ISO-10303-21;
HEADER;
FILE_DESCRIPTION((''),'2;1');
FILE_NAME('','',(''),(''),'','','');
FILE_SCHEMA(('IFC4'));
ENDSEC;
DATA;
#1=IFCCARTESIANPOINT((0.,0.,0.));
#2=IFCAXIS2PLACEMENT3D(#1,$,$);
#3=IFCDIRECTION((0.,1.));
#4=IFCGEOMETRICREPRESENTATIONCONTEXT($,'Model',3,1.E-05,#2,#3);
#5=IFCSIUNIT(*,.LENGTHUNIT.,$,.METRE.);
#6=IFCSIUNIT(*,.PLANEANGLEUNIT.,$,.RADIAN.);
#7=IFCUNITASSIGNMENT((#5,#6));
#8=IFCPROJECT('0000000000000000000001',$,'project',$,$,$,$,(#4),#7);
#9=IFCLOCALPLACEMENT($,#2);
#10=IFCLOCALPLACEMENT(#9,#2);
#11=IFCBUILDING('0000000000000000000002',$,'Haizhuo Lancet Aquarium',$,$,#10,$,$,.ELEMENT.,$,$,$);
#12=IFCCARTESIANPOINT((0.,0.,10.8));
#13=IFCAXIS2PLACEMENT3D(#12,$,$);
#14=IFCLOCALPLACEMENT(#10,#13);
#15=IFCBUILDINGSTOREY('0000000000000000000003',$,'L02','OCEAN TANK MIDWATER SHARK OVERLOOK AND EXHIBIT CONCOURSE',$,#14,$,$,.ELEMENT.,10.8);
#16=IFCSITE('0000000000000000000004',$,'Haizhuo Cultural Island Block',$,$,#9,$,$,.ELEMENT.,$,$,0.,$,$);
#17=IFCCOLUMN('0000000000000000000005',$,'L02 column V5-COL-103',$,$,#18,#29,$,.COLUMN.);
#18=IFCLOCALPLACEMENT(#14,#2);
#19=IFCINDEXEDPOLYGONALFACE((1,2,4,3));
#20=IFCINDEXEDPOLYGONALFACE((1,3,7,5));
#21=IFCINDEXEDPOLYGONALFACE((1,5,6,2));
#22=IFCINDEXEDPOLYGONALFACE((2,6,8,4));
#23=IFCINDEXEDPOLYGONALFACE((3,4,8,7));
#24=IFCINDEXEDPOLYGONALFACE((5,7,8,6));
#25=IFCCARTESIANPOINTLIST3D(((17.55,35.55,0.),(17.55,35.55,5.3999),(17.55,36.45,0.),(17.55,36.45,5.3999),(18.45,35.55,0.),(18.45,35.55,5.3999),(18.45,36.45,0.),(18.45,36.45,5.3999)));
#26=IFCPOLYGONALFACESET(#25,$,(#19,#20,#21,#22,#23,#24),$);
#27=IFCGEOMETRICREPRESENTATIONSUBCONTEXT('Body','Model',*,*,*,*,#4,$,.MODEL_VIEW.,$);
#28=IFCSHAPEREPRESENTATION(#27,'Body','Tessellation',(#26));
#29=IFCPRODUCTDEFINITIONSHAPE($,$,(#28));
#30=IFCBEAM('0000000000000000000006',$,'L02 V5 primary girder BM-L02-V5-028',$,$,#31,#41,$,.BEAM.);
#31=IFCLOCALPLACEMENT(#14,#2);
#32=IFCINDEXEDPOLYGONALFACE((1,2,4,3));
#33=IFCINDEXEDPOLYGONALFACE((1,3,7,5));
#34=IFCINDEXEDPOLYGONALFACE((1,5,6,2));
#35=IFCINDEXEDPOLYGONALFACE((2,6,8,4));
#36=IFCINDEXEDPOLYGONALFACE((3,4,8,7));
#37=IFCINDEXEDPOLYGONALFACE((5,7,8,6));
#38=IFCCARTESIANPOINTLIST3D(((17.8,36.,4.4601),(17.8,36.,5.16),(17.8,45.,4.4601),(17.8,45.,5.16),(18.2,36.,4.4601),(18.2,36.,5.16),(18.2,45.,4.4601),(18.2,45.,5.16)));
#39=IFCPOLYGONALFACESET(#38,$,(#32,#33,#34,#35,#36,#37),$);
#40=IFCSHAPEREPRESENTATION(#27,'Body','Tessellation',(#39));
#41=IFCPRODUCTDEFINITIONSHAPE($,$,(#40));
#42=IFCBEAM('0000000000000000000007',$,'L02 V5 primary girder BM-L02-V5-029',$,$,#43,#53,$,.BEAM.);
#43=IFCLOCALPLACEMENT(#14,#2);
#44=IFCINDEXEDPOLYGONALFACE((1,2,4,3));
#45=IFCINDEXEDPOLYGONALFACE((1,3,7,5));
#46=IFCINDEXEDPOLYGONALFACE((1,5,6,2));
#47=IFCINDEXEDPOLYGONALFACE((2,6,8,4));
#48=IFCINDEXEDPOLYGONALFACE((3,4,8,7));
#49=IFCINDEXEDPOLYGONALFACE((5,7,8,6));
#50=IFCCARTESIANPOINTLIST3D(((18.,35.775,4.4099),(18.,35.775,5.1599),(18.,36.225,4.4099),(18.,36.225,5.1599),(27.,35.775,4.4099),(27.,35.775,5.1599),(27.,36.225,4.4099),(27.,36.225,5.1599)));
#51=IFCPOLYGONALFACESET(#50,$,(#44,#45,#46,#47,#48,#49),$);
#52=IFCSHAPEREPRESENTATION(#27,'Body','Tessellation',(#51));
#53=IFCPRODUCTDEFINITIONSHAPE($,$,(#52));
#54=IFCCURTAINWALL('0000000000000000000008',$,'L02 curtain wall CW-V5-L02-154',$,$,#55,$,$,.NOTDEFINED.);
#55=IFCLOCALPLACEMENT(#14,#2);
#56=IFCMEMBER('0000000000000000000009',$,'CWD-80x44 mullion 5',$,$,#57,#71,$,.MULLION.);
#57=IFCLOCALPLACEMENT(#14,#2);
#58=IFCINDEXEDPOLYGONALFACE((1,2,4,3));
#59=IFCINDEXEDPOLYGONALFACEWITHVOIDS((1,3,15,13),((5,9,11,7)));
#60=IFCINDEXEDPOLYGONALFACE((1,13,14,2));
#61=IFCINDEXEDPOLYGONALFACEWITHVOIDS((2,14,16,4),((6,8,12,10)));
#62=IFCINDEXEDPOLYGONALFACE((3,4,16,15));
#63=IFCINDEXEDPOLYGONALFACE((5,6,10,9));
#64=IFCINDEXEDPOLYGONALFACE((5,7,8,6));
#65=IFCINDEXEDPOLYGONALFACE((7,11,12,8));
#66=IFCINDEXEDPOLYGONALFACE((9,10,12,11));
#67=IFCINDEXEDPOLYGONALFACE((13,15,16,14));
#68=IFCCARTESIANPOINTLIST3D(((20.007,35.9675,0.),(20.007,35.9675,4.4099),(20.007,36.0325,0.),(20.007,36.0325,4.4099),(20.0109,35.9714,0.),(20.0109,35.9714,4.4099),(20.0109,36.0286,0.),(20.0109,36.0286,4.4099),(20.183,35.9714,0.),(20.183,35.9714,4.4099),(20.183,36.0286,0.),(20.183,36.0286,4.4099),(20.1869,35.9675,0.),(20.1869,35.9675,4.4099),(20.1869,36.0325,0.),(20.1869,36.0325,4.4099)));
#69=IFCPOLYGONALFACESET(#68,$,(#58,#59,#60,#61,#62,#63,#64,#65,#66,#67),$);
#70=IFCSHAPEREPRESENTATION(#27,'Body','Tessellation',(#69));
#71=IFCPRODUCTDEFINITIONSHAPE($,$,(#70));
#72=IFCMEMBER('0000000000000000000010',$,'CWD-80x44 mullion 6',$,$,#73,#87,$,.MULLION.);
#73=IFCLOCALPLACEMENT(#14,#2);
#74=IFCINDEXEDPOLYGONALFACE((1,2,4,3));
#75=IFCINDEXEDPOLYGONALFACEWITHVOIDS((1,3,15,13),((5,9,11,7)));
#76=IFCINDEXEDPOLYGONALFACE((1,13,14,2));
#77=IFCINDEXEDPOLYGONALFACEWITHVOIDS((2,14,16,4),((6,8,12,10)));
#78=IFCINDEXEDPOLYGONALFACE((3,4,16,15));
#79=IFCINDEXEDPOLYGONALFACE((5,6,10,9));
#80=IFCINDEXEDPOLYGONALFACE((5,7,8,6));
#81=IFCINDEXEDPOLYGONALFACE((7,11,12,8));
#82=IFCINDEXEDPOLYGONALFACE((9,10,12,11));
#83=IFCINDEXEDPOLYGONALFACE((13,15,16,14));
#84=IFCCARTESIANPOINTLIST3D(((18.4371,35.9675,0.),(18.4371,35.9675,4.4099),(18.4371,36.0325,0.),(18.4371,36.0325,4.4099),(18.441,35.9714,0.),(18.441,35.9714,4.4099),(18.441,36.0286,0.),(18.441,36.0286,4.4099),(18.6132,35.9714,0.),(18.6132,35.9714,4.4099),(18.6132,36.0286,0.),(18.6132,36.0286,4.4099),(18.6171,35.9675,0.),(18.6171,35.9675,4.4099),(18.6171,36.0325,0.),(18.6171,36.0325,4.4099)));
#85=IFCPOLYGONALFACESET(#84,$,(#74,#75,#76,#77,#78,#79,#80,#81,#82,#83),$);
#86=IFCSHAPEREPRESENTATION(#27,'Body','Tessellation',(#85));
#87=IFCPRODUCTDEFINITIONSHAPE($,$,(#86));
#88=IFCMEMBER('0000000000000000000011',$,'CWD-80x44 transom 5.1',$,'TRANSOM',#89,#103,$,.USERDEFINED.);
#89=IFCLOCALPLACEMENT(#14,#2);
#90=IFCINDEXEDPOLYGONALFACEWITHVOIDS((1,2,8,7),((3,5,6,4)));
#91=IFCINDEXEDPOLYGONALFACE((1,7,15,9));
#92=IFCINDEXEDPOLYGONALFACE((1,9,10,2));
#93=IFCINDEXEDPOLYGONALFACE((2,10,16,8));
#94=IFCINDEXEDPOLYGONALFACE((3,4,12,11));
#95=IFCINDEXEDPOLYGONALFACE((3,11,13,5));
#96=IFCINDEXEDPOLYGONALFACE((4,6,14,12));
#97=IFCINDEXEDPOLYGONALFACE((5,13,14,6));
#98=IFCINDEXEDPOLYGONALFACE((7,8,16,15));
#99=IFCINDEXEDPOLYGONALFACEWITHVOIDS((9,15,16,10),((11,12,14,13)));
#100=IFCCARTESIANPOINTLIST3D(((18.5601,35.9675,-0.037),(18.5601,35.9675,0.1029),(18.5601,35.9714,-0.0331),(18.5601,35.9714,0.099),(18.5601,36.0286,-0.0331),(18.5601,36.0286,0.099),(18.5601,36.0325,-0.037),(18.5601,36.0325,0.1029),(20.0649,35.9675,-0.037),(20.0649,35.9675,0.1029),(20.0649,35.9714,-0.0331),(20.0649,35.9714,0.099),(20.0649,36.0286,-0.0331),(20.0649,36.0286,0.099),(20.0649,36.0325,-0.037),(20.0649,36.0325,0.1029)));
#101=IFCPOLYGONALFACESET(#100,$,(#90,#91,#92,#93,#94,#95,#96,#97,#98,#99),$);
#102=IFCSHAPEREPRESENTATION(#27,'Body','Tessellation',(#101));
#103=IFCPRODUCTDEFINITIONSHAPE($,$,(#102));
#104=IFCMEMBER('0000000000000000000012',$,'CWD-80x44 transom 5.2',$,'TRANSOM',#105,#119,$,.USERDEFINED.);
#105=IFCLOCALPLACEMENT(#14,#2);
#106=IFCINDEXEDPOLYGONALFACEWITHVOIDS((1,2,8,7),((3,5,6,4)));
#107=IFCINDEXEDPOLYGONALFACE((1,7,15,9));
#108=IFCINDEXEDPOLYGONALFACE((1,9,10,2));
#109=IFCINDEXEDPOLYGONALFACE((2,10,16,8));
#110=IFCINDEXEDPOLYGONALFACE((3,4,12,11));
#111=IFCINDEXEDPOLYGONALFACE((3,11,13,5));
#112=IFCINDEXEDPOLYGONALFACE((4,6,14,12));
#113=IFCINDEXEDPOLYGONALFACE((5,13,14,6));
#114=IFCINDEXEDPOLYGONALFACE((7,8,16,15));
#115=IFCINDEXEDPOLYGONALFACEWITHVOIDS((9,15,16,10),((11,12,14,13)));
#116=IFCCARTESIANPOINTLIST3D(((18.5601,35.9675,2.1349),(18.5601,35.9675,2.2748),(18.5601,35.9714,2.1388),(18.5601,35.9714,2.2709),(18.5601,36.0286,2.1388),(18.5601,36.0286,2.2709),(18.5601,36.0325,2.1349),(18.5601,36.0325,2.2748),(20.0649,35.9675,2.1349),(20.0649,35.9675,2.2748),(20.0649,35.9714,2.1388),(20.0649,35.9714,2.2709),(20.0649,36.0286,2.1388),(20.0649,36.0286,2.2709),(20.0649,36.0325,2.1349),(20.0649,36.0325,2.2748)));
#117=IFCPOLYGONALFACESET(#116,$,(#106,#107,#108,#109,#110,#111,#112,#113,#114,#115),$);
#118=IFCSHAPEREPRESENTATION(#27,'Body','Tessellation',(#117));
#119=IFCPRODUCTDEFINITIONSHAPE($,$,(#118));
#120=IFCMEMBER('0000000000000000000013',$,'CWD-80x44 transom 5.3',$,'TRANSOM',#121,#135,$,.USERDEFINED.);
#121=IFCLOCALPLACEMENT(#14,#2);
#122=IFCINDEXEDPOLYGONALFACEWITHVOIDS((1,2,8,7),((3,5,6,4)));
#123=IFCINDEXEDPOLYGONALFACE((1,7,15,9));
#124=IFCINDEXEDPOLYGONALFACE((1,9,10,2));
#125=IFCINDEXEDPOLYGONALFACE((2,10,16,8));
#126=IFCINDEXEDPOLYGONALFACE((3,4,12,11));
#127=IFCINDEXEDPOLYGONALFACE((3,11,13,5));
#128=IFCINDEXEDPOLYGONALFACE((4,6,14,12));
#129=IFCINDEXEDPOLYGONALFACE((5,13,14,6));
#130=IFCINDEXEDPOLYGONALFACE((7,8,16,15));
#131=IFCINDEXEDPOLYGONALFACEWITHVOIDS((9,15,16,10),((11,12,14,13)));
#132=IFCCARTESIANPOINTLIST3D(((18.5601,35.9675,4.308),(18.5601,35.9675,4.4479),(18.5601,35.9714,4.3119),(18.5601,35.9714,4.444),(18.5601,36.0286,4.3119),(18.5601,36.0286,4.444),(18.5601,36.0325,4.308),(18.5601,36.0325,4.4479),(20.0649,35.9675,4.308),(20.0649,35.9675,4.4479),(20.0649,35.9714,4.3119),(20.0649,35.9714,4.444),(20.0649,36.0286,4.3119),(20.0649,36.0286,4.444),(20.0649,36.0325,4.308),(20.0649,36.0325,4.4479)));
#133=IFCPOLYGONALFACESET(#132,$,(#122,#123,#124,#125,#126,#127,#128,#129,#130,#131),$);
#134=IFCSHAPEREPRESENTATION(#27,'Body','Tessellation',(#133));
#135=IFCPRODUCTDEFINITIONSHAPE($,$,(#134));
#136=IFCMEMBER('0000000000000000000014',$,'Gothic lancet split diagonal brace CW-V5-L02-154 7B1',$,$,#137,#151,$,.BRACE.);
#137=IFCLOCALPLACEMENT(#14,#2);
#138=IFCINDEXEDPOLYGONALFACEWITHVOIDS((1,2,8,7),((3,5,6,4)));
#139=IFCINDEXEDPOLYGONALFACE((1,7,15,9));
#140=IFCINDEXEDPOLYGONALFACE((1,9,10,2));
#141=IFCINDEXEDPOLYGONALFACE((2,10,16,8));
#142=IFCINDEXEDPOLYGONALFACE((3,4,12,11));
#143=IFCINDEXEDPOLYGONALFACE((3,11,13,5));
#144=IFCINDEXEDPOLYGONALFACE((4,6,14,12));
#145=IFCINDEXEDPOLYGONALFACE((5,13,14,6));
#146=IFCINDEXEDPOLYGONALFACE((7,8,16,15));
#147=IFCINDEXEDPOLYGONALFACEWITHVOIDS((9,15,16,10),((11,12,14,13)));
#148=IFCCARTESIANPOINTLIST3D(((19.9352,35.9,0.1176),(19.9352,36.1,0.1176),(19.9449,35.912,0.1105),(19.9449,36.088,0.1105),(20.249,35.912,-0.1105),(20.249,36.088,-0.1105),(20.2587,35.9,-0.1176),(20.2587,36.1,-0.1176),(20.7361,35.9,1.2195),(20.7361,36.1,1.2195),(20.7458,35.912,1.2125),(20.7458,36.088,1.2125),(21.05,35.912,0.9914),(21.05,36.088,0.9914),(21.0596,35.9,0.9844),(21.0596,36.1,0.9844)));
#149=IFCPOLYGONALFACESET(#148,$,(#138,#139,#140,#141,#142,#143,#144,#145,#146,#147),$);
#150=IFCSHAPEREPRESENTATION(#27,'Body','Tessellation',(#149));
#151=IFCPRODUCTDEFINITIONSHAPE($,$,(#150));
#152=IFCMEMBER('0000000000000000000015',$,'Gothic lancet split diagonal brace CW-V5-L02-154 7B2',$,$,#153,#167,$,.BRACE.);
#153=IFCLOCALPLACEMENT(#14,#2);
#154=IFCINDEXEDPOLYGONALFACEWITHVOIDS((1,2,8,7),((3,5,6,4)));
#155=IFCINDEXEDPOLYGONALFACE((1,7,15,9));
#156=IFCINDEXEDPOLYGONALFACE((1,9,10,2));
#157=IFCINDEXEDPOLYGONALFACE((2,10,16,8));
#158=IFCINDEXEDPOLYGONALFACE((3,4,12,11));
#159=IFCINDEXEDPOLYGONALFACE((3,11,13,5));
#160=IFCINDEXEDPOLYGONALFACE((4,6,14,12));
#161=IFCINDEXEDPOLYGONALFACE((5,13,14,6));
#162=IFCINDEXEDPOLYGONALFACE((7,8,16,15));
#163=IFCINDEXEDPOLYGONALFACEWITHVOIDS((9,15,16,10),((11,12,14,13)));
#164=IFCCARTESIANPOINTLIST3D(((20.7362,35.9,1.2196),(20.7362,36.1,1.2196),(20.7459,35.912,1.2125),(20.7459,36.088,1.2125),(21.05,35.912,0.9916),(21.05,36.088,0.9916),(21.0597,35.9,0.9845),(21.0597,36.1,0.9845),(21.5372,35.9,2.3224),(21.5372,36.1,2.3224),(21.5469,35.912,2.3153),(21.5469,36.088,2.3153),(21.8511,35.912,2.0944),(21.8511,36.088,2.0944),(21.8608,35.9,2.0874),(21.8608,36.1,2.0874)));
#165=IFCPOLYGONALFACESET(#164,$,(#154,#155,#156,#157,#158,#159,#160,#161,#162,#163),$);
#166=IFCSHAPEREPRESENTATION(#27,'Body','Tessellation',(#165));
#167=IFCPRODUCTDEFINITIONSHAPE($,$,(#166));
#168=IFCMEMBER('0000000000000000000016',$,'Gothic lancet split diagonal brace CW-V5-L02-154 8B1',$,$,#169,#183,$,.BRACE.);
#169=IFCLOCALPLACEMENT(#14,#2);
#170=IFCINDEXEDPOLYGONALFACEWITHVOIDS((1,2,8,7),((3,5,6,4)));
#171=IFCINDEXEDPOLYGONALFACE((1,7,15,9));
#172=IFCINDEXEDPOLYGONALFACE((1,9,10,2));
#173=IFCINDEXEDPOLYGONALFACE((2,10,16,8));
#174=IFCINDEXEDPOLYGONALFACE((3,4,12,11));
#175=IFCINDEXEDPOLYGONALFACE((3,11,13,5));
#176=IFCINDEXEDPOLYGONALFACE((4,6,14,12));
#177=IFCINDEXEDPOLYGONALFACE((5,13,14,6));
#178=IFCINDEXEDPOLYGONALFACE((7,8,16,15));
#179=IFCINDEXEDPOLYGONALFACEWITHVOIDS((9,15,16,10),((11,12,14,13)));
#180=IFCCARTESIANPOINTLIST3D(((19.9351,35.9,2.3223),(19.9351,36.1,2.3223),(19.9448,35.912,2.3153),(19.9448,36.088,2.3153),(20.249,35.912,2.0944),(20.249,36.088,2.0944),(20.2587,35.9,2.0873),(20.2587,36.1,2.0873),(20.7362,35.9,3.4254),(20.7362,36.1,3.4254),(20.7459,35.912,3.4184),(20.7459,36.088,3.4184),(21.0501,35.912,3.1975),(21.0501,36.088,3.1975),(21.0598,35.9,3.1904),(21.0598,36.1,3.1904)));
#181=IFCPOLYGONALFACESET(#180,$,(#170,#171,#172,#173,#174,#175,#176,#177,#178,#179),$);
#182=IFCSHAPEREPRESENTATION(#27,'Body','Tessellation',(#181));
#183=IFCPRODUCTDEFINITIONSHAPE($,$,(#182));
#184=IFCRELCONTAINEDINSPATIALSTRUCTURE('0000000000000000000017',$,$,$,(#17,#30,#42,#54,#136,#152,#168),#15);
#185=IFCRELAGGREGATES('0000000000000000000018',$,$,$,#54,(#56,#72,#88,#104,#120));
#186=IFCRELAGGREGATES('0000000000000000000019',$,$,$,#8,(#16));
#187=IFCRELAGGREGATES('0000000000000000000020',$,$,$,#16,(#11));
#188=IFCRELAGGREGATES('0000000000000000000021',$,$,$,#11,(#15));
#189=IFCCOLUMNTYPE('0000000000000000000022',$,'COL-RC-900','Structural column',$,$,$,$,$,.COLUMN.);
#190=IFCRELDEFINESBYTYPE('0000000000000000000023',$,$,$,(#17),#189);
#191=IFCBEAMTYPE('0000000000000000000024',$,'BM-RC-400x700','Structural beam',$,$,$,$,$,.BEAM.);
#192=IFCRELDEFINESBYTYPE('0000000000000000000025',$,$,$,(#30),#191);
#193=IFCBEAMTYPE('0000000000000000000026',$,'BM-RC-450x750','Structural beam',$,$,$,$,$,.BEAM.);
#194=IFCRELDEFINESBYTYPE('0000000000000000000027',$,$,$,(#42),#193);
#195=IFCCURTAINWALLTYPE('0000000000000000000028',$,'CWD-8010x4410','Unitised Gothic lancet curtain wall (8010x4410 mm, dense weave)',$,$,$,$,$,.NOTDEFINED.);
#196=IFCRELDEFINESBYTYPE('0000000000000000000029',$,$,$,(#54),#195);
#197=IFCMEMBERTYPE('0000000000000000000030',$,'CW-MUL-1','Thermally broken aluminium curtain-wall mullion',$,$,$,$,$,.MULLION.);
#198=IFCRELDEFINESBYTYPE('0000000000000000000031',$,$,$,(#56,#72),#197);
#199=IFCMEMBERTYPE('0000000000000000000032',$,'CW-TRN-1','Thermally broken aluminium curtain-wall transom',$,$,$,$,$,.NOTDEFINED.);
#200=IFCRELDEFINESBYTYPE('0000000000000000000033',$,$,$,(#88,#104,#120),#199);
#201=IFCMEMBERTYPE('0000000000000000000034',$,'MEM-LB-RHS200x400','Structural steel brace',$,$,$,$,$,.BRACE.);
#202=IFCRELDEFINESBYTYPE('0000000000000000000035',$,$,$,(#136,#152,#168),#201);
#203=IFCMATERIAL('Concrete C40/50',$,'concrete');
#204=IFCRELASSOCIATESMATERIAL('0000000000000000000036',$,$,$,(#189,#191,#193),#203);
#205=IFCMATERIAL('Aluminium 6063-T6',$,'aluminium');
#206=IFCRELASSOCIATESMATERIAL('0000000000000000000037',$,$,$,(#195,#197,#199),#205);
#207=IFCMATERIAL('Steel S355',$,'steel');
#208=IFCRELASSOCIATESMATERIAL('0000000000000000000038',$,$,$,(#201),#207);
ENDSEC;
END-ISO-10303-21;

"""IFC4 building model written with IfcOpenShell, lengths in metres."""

from ifc_helpers import new_model, si_unit, direction, frame, origin, origin_2d, place, context, subcontext, project, spatial, rectangle, hollow_rectangle, extrude, material, material_profile, profile_set, type_object, element, aggregate, save


model = new_model("IFC4")

# Units and contexts
model_context = context("Model", 3, precision=1e-05, world=origin(), true_north=direction((0.0, 1.0)))
body_context = subcontext(model_context, "Body", "Model", "MODEL_VIEW")
ifc_project = project(units=[si_unit("LENGTHUNIT", "METRE"), si_unit("PLANEANGLEUNIT", "RADIAN")], contexts=[model_context])

# Site, building, storey
site_placement = place(None, origin())
site = spatial("IfcSite", under=ifc_project, at=site_placement, Name="Haizhuo Cultural Island Block", CompositionType="ELEMENT", RefElevation=0.0)
building_placement = place(site_placement, origin())
building = spatial("IfcBuilding", under=site, at=building_placement, Name="Haizhuo Lancet Aquarium", CompositionType="ELEMENT")
storey_placement = place(building_placement, frame((0.0, 0.0, 10.8)))
storey = spatial("IfcBuildingStorey", under=building, at=storey_placement, Name="L02", Description="OCEAN TANK MIDWATER SHARK OVERLOOK AND EXHIBIT CONCOURSE", CompositionType="ELEMENT", Elevation=10.8)

# Column
ifc_material_1 = material(Name="Concrete C40/50", Category="concrete")
ifc_material_profile_1 = material_profile(ifc_material_1, rectangle(XDim=0.8999, YDim=0.8999, at=origin_2d()), Name="RC-COL 900x900")
ifc_profile_set_1 = profile_set([ifc_material_profile_1], Name="Concrete C40/50")
column_type = type_object("IfcColumnType", Name="COL-RC-900", Description="Structural column", PredefinedType="COLUMN", material=ifc_profile_set_1)
column_placement = place(storey_placement, frame((18.0, 36.0, 0.0), z_axis=(0.0, 0.0, 1.0), x_axis=(1.0, 0.0, 0.0)))
element("IfcColumn", 1, at=column_placement, inside=storey, type_object=column_type, Name="L02 column V5-COL-103", PredefinedType="COLUMN", context=body_context, shape_type="SweptSolid", body=[
    extrude(rectangle(XDim=0.8999, YDim=0.8999, at=origin_2d()), origin(), (0.0, 0.0, 1.0), 5.3999),
])

# Beams
ifc_material_profile_2 = material_profile(ifc_material_1, rectangle(XDim=0.3999, YDim=0.7, at=origin_2d()), Name="RC-BM 400x700")
ifc_profile_set_2 = profile_set([ifc_material_profile_2], Name="Concrete C40/50")
beam_type_1 = type_object("IfcBeamType", Name="BM-RC-400x700", Description="Structural beam", PredefinedType="BEAM", material=ifc_profile_set_2)
beam_1_placement = place(storey_placement, frame((18.0, 36.0, 4.8101), z_axis=(0.0, 1.0, 0.0), x_axis=(-1.0, 0.0, 0.0)))
element("IfcBeam", 2, at=beam_1_placement, inside=storey, type_object=beam_type_1, Name="L02 V5 primary girder BM-L02-V5-028", PredefinedType="BEAM", context=body_context, shape_type="SweptSolid", body=[
    extrude(rectangle(XDim=0.3999, YDim=0.7, at=origin_2d()), origin(), (0.0, 0.0, 1.0), 9.0),
])
ifc_material_profile_3 = material_profile(ifc_material_1, rectangle(XDim=0.45, YDim=0.75, at=origin_2d()), Name="RC-BM 450x750")
ifc_profile_set_3 = profile_set([ifc_material_profile_3], Name="Concrete C40/50")
beam_type_2 = type_object("IfcBeamType", Name="BM-RC-450x750", Description="Structural beam", PredefinedType="BEAM", material=ifc_profile_set_3)
beam_2_placement = place(storey_placement, frame((18.0, 36.0, 4.7849), z_axis=(1.0, 0.0, 0.0), x_axis=(0.0, 1.0, 0.0)))
element("IfcBeam", 3, at=beam_2_placement, inside=storey, type_object=beam_type_2, Name="L02 V5 primary girder BM-L02-V5-029", PredefinedType="BEAM", context=body_context, shape_type="SweptSolid", body=[
    extrude(rectangle(XDim=0.45, YDim=0.75, at=origin_2d()), origin(), (0.0, 0.0, 1.0), 9.0),
])

# Curtain wall, members
ifc_material_2 = material(Name="Aluminium 6063-T6", Category="aluminium")
curtain_wall_type = type_object("IfcCurtainWallType", Name="CWD-8010x4410", Description="Unitised Gothic lancet curtain wall (8010x4410 mm, dense weave)", PredefinedType="NOTDEFINED", material=ifc_material_2)
curtain_wall_placement = place(storey_placement, origin())
curtain_wall = element("IfcCurtainWall", 4, at=curtain_wall_placement, inside=storey, type_object=curtain_wall_type, Name="L02 curtain wall CW-V5-L02-154", PredefinedType="NOTDEFINED")
ifc_material_profile_4 = material_profile(ifc_material_2, hollow_rectangle(XDim=0.0649, YDim=0.1799, WallThickness=0.0039, at=origin_2d()), Name="ALU-M 65x180x4")
ifc_profile_set_4 = profile_set([ifc_material_profile_4], Name="Aluminium 6063-T6")
member_type_1 = type_object("IfcMemberType", Name="CW-MUL-1", Description="Thermally broken aluminium curtain-wall mullion", PredefinedType="MULLION", material=ifc_profile_set_4)
member_1_placement = place(storey_placement, frame((20.0969, 36.0, 0.0), z_axis=(0.0, 0.0, 1.0), x_axis=(0.0, -1.0, 0.0)))
member_1 = element("IfcMember", 5, at=member_1_placement, type_object=member_type_1, Name="CWD-80x44 mullion 5", PredefinedType="MULLION", context=body_context, shape_type="SweptSolid", body=[
    extrude(hollow_rectangle(XDim=0.0649, YDim=0.1799, WallThickness=0.0039, at=origin_2d()), origin(), (0.0, 0.0, 1.0), 4.4099),
])
member_2_placement = place(storey_placement, frame((18.5271, 36.0, 0.0), z_axis=(0.0, 0.0, 1.0), x_axis=(0.0, -1.0, 0.0)))
member_2 = element("IfcMember", 6, at=member_2_placement, type_object=member_type_1, Name="CWD-80x44 mullion 6", PredefinedType="MULLION", context=body_context, shape_type="SweptSolid", body=[
    extrude(hollow_rectangle(XDim=0.0649, YDim=0.1799, WallThickness=0.0039, at=origin_2d()), origin(), (0.0, 0.0, 1.0), 4.4099),
])
ifc_material_profile_5 = material_profile(ifc_material_2, hollow_rectangle(XDim=0.0649, YDim=0.1399, WallThickness=0.0039, at=origin_2d()), Name="ALU-T 65x140x4")
ifc_profile_set_5 = profile_set([ifc_material_profile_5], Name="Aluminium 6063-T6")
member_type_2 = type_object("IfcMemberType", Name="CW-TRN-1", Description="Thermally broken aluminium curtain-wall transom", PredefinedType="NOTDEFINED", material=ifc_profile_set_5)
member_3_placement = place(storey_placement, frame((20.0649, 36.0, 0.033), z_axis=(-1.0, 0.0, 0.0), x_axis=(0.0, -1.0, 0.0)))
member_3 = element("IfcMember", 7, at=member_3_placement, type_object=member_type_2, Name="CWD-80x44 transom 5.1", ObjectType="TRANSOM", PredefinedType="USERDEFINED", context=body_context, shape_type="SweptSolid", body=[
    extrude(hollow_rectangle(XDim=0.0649, YDim=0.1399, WallThickness=0.0039, at=origin_2d()), origin(), (0.0, 0.0, 1.0), 1.5049),
])
member_4_placement = place(storey_placement, frame((20.0649, 36.0, 2.2048), z_axis=(-1.0, 0.0, 0.0), x_axis=(0.0, -1.0, 0.0)))
member_4 = element("IfcMember", 8, at=member_4_placement, type_object=member_type_2, Name="CWD-80x44 transom 5.2", ObjectType="TRANSOM", PredefinedType="USERDEFINED", context=body_context, shape_type="SweptSolid", body=[
    extrude(hollow_rectangle(XDim=0.0649, YDim=0.1399, WallThickness=0.0039, at=origin_2d()), origin(), (0.0, 0.0, 1.0), 1.5049),
])
member_5_placement = place(storey_placement, frame((20.0649, 36.0, 4.3779), z_axis=(-1.0, 0.0, 0.0), x_axis=(0.0, -1.0, 0.0)))
member_5 = element("IfcMember", 9, at=member_5_placement, type_object=member_type_2, Name="CWD-80x44 transom 5.3", ObjectType="TRANSOM", PredefinedType="USERDEFINED", context=body_context, shape_type="SweptSolid", body=[
    extrude(hollow_rectangle(XDim=0.0649, YDim=0.1399, WallThickness=0.0039, at=origin_2d()), origin(), (0.0, 0.0, 1.0), 1.5049),
])

# Members
ifc_material_3 = material(Name="Steel S355", Category="steel")
ifc_material_profile_6 = material_profile(ifc_material_3, hollow_rectangle(XDim=0.2, YDim=0.3999, WallThickness=0.012, at=origin_2d()), Name="RHS 200x400x12")
ifc_profile_set_6 = profile_set([ifc_material_profile_6], Name="Steel S355")
member_type_3 = type_object("IfcMemberType", Name="MEM-LB-RHS200x400", Description="Structural steel brace", PredefinedType="BRACE", material=ifc_profile_set_6)
member_6_placement = place(storey_placement, frame((20.0969, 36.0, 0.0), z_axis=(0.587948, 0.0, 0.808899), x_axis=(0.0, 1.0, 0.0)))
element("IfcMember", 10, at=member_6_placement, inside=storey, type_object=member_type_3, Name="Gothic lancet split diagonal brace CW-V5-L02-154 7B1", PredefinedType="BRACE", context=body_context, shape_type="SweptSolid", body=[
    extrude(hollow_rectangle(XDim=0.2, YDim=0.3999, WallThickness=0.012, at=origin_2d()), origin(), (0.0, 0.0, 1.0), 1.3623),
])
member_7_placement = place(storey_placement, frame((20.8979, 36.0, 1.1021), z_axis=(0.587692, 0.0, 0.809084), x_axis=(0.0, 1.0, 0.0)))
element("IfcMember", 11, at=member_7_placement, inside=storey, type_object=member_type_3, Name="Gothic lancet split diagonal brace CW-V5-L02-154 7B2", PredefinedType="BRACE", context=body_context, shape_type="SweptSolid", body=[
    extrude(hollow_rectangle(XDim=0.2, YDim=0.3999, WallThickness=0.012, at=origin_2d()), origin(), (0.0, 0.0, 1.0), 1.363),
])
member_8_placement = place(storey_placement, frame((20.0969, 36.0, 2.2048), z_axis=(0.587607, 0.0, 0.809146), x_axis=(0.0, 1.0, 0.0)))
element("IfcMember", 12, at=member_8_placement, inside=storey, type_object=member_type_3, Name="Gothic lancet split diagonal brace CW-V5-L02-154 8B1", PredefinedType="BRACE", context=body_context, shape_type="SweptSolid", body=[
    extrude(hollow_rectangle(XDim=0.2, YDim=0.3999, WallThickness=0.012, at=origin_2d()), origin(), (0.0, 0.0, 1.0), 1.3633),
])

aggregate(curtain_wall, [member_1, member_2, member_3, member_4, member_5])

save(model, "model.ifc")
